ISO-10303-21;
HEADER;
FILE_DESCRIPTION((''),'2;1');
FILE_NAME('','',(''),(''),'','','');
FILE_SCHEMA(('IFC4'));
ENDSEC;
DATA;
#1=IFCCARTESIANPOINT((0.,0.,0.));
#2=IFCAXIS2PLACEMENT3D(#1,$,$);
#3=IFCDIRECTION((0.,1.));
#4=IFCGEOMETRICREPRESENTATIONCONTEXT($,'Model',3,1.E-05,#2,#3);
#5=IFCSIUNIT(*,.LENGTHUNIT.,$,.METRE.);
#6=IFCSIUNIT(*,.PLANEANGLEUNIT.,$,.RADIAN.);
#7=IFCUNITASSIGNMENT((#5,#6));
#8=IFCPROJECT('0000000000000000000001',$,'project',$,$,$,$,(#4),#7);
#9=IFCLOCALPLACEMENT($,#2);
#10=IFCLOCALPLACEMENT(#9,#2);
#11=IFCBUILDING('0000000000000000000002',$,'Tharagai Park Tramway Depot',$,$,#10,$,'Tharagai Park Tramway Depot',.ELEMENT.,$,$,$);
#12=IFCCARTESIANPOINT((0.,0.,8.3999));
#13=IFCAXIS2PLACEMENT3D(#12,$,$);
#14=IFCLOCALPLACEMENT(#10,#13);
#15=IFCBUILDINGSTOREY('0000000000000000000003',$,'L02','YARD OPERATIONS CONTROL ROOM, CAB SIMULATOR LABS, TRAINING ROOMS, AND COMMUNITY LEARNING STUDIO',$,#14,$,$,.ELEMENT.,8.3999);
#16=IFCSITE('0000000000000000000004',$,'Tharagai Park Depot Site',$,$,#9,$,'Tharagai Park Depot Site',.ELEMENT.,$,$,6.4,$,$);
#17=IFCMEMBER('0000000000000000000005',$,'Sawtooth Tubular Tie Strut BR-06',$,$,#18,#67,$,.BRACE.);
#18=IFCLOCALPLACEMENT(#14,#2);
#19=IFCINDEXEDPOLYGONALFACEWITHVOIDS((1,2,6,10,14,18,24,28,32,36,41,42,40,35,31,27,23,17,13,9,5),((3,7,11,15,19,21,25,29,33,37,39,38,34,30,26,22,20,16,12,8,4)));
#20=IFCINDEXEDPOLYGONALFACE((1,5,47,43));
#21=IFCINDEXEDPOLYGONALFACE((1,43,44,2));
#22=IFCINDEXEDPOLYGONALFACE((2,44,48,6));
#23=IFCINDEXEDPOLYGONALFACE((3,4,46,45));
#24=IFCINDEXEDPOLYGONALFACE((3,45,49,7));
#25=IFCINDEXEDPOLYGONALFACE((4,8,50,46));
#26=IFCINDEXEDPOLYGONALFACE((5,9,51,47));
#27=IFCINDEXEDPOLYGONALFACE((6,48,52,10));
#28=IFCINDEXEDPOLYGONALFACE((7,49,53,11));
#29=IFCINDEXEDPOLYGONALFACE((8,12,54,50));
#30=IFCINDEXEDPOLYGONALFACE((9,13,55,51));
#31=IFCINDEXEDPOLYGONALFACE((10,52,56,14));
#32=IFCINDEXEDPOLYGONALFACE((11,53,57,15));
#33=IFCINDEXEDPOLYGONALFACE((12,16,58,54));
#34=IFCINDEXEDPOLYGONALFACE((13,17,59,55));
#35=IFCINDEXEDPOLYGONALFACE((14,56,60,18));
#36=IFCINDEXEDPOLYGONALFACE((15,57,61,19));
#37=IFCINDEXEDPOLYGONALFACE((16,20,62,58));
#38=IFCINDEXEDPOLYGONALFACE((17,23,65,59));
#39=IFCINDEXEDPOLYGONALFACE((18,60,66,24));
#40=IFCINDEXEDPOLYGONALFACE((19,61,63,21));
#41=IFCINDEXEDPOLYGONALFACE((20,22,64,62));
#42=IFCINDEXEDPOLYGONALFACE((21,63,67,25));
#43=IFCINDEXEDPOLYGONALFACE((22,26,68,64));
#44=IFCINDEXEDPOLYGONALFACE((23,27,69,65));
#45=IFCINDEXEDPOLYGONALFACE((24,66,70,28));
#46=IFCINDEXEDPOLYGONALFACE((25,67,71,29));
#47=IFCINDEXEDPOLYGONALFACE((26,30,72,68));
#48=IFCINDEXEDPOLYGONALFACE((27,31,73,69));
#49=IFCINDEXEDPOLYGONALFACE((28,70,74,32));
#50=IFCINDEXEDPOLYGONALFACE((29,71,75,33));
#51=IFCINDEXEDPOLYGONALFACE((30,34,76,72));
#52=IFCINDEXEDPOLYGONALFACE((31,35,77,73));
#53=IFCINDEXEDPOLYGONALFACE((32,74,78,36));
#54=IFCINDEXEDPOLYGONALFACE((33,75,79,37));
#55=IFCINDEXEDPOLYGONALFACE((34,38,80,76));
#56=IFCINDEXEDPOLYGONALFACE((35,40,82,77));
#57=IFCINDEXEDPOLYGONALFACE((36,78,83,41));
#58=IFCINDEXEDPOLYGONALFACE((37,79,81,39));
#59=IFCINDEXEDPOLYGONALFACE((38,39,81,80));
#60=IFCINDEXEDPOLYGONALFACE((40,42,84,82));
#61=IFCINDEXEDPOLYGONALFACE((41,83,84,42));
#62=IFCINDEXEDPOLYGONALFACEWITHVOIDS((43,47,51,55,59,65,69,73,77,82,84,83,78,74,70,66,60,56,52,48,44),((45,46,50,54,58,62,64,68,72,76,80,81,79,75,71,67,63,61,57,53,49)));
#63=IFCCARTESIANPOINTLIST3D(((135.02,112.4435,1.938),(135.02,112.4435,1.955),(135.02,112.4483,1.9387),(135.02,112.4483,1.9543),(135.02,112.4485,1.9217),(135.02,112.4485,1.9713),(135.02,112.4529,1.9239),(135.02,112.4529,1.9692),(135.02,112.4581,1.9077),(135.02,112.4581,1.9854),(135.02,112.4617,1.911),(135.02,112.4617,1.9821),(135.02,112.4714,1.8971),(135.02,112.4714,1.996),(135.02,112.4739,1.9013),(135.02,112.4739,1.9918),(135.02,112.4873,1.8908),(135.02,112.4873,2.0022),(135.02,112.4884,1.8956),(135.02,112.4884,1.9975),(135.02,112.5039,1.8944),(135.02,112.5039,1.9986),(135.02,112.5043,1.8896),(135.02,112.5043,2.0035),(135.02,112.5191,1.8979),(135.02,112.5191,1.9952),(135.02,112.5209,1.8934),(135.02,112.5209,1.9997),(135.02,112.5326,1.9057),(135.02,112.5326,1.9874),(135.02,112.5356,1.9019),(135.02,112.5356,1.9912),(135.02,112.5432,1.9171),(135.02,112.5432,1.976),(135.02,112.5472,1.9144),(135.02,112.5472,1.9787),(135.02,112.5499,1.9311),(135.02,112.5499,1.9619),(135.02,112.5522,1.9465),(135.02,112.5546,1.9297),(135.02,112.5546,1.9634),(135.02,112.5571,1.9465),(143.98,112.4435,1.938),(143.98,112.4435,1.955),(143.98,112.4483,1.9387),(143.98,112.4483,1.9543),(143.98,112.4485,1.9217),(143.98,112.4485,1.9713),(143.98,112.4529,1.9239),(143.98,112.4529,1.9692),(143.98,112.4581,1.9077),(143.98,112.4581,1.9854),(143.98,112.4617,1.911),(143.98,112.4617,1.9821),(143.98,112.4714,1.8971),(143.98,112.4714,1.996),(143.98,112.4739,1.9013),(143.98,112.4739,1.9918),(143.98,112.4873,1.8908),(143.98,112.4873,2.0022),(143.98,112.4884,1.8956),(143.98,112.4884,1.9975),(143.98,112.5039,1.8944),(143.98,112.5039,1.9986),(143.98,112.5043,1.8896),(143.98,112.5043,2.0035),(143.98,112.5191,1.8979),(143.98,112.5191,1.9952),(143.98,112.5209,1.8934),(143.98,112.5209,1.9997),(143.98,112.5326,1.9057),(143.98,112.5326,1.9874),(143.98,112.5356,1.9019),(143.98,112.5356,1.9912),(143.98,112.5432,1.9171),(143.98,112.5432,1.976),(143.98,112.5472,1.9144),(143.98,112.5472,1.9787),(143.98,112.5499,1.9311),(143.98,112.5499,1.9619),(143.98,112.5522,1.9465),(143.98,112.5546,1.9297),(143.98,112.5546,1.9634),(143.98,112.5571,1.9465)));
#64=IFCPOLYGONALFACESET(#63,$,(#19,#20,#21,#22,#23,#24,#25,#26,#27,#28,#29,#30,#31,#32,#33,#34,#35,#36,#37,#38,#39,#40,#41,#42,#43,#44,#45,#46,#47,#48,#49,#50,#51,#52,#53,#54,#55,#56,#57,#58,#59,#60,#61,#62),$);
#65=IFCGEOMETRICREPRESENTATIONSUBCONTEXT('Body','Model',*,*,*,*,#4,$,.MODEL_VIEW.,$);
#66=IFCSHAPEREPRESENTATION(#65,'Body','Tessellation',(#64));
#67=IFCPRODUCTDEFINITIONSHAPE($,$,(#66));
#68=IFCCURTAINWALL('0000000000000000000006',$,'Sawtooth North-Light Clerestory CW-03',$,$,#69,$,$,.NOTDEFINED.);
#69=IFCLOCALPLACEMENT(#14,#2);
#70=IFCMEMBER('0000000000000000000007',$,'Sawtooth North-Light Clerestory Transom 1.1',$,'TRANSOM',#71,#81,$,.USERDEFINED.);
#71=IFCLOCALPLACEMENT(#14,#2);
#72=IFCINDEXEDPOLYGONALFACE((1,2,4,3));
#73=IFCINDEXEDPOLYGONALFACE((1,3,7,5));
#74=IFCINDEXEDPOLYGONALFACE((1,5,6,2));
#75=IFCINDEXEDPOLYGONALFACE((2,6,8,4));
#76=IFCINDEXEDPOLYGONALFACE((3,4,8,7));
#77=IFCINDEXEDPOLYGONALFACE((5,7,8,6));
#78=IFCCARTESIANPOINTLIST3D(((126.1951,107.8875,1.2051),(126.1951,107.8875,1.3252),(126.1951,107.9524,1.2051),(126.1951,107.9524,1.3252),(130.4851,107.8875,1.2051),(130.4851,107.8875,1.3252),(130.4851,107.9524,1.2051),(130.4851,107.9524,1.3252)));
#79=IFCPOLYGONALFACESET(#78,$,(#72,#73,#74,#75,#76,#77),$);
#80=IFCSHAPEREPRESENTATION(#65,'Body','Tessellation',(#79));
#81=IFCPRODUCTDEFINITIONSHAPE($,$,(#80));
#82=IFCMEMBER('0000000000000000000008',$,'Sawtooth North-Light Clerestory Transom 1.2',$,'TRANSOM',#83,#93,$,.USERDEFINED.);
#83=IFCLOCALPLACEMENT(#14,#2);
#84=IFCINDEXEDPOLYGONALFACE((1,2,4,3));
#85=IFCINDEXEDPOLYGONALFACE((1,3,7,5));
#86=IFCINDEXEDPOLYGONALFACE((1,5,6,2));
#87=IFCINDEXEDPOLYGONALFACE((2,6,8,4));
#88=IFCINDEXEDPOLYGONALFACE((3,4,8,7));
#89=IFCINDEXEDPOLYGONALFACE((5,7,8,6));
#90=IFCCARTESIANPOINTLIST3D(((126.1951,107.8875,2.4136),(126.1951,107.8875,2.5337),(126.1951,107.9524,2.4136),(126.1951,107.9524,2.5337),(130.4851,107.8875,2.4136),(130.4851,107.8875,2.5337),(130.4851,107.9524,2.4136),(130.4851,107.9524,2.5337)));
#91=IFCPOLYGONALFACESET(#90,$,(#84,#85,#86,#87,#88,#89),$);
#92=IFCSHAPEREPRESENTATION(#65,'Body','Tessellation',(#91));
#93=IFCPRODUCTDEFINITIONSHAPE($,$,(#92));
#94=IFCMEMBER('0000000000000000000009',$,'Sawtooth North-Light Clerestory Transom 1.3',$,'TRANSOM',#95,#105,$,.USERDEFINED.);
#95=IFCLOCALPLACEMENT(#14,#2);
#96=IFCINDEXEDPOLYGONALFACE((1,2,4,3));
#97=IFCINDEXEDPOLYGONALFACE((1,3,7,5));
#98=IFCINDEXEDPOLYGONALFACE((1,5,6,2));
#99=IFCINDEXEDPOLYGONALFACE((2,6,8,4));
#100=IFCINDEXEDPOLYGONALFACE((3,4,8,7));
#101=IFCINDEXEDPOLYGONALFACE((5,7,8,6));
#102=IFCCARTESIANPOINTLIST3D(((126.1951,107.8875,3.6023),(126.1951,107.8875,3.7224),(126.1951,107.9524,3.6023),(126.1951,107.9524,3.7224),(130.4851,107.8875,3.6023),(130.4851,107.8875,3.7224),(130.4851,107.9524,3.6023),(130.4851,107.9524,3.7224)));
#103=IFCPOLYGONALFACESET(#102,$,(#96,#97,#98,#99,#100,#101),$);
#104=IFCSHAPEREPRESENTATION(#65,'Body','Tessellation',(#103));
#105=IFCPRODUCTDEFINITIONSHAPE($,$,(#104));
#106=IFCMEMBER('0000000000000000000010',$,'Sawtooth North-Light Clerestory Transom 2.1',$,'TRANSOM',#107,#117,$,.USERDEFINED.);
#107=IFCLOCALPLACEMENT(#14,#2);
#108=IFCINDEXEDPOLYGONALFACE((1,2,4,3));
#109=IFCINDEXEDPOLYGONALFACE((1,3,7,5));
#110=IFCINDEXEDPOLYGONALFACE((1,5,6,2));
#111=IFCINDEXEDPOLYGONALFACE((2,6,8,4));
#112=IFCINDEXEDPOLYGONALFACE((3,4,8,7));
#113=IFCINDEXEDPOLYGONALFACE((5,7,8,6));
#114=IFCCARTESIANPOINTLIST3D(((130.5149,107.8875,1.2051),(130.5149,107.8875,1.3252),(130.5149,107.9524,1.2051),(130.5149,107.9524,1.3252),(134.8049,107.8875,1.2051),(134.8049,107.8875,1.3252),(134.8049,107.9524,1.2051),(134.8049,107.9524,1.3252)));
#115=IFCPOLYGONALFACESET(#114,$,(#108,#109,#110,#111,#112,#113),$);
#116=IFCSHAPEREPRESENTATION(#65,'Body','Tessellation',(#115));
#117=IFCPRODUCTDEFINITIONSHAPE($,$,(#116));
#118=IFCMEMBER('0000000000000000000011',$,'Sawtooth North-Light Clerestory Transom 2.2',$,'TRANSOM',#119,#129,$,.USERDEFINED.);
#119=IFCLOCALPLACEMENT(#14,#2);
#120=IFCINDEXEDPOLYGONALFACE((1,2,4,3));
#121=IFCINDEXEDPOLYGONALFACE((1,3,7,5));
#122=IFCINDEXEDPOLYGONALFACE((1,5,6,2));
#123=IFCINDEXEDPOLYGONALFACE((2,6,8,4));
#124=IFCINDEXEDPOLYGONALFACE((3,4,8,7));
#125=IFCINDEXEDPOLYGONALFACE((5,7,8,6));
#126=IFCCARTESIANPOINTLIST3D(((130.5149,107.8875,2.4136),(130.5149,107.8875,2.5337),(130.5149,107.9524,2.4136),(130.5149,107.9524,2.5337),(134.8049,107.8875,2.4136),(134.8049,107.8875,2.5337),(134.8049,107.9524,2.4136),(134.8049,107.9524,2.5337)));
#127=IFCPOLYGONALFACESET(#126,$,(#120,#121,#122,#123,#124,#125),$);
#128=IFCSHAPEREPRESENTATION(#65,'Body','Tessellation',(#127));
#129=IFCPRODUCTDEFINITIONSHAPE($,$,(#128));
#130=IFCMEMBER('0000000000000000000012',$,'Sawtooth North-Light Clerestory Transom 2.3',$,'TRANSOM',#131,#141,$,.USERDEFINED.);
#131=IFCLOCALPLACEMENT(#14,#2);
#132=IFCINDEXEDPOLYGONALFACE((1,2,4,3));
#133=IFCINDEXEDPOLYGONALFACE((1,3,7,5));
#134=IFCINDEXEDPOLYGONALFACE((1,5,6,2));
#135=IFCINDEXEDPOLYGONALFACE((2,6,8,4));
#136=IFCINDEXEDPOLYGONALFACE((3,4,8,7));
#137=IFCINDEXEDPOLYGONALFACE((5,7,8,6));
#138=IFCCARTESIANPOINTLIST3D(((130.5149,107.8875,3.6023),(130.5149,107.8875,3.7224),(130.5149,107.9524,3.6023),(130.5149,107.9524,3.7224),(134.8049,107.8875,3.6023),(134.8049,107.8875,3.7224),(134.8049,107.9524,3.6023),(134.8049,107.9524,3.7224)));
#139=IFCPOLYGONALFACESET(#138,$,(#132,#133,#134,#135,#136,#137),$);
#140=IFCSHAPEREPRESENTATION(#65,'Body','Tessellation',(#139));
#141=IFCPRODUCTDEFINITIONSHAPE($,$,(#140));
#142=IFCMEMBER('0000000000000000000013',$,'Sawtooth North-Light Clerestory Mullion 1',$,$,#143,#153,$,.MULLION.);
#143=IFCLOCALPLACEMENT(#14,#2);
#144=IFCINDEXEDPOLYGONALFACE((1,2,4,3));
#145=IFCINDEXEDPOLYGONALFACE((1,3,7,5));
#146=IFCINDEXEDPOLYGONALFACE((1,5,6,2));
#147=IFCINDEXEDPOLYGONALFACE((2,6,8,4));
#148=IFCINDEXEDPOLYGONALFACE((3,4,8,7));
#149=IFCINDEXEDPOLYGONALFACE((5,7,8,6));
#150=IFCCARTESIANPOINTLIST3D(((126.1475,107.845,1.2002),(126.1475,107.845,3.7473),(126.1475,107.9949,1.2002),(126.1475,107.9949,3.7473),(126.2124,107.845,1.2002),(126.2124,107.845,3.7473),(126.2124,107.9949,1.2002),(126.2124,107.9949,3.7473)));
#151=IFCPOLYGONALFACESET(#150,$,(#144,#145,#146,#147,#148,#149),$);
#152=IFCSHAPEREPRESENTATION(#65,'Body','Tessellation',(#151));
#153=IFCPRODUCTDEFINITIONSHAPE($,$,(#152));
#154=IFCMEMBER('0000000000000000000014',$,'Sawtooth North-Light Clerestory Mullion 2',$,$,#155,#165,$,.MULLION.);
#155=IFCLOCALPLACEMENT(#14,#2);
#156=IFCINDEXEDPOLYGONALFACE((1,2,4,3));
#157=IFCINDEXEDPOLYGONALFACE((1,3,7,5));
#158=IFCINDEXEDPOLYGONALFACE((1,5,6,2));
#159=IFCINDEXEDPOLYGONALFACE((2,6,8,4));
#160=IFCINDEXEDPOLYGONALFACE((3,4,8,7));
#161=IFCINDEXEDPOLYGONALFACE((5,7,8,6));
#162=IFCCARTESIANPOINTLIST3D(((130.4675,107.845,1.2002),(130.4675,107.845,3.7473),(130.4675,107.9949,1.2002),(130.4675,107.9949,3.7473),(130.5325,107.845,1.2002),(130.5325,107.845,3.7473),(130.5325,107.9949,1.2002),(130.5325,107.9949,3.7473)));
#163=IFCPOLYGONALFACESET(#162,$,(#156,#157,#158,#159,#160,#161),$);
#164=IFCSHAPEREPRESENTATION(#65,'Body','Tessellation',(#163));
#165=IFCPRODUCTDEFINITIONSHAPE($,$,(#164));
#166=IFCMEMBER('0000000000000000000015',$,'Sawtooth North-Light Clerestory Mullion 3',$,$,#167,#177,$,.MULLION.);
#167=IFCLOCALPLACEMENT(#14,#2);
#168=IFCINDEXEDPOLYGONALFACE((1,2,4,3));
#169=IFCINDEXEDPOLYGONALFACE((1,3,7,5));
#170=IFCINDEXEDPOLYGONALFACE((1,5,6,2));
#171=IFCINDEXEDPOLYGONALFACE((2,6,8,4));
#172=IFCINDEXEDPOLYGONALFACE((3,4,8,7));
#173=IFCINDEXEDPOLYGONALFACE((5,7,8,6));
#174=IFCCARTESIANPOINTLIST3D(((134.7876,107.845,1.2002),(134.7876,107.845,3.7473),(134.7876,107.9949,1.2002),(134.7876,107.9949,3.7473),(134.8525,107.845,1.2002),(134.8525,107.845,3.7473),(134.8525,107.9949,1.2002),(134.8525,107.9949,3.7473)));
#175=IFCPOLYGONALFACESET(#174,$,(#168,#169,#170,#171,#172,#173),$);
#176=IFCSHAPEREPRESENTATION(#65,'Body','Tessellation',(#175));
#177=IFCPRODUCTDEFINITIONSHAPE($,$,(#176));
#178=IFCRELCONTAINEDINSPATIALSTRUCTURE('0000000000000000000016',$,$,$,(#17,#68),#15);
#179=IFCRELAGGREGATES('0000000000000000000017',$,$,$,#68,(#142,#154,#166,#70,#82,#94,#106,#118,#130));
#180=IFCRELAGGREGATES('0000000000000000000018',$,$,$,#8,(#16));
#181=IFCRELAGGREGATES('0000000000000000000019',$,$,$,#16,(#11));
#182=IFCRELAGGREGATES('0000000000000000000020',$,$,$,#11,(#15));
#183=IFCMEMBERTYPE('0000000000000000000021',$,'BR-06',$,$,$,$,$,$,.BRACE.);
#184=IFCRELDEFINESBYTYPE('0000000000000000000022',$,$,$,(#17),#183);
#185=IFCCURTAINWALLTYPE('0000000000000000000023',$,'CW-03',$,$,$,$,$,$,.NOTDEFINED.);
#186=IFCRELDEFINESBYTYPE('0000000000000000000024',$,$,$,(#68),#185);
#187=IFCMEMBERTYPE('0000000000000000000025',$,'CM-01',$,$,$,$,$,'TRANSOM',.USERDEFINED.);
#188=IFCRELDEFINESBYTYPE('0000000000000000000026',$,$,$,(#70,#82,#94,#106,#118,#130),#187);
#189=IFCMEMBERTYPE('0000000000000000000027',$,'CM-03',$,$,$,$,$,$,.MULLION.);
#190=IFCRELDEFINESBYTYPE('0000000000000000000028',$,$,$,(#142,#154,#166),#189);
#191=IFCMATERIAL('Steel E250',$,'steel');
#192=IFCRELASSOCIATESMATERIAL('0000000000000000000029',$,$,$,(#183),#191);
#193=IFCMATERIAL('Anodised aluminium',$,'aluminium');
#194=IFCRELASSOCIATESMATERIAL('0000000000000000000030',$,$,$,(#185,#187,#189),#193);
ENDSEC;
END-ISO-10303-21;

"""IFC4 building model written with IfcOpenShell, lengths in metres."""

from ifc_helpers import new_model, si_unit, direction, frame, origin, origin_2d, place, context, subcontext, project, spatial, rectangle, hollow_circle, extrude, material, material_profile, profile_set, type_object, element, aggregate, save


model = new_model("IFC4")

# Units and contexts
model_context = context("Model", 3, precision=1e-05, world=origin(), true_north=direction((0.0, 1.0)))
body_context = subcontext(model_context, "Body", "Model", "MODEL_VIEW")
ifc_project = project(units=[si_unit("LENGTHUNIT", "METRE"), si_unit("PLANEANGLEUNIT", "RADIAN")], contexts=[model_context])

# Site, building, storey
site_placement = place(None, origin())
site = spatial("IfcSite", under=ifc_project, at=site_placement, Name="Tharagai Park Depot Site", LongName="Tharagai Park Depot Site", CompositionType="ELEMENT", RefElevation=6.4)
building_placement = place(site_placement, origin())
building = spatial("IfcBuilding", under=site, at=building_placement, Name="Tharagai Park Tramway Depot", LongName="Tharagai Park Tramway Depot", CompositionType="ELEMENT")
storey_placement = place(building_placement, frame((0.0, 0.0, 8.3999)))
storey = spatial("IfcBuildingStorey", under=building, at=storey_placement, Name="L02", Description="YARD OPERATIONS CONTROL ROOM, CAB SIMULATOR LABS, TRAINING ROOMS, AND COMMUNITY LEARNING STUDIO", CompositionType="ELEMENT", Elevation=8.3999)

# Member
ifc_material_1 = material(Name="Steel E250", Category="steel")
ifc_material_profile_1 = material_profile(ifc_material_1, hollow_circle(Radius=0.0571, WallThickness=0.0049, at=origin_2d()), Name="CHS 114.3x5")
ifc_profile_set_1 = profile_set([ifc_material_profile_1], Name="Steel E250")
member_type_1 = type_object("IfcMemberType", Name="BR-06", PredefinedType="BRACE", material=ifc_profile_set_1)
for number, where, z_axis, x_axis, name in (
    (1, (135.02, 112.5, 1.9465), (1.0, 0.0, 0.0), (0.0, 1.0, 0.0), "Sawtooth Tubular Tie Strut BR-06"),
):
    element("IfcMember", number, at=place(storey_placement, frame(where, z_axis=z_axis, x_axis=x_axis)), inside=storey, type_object=member_type_1, Name=name, PredefinedType="BRACE", context=body_context, shape_type="SweptSolid", body=[
        extrude(hollow_circle(Radius=0.0571, WallThickness=0.0049, at=origin_2d()), origin(), (0.0, 0.0, 1.0), 8.96),
    ])

# Curtain wall, members
ifc_material_2 = material(Name="Anodised aluminium", Category="aluminium")
curtain_wall_type = type_object("IfcCurtainWallType", Name="CW-03", PredefinedType="NOTDEFINED", material=ifc_material_2)
curtain_wall_placement = place(storey_placement, origin())
curtain_wall = element("IfcCurtainWall", 2, at=curtain_wall_placement, inside=storey, type_object=curtain_wall_type, Name="Sawtooth North-Light Clerestory CW-03", PredefinedType="NOTDEFINED")
ifc_material_profile_2 = material_profile(ifc_material_2, rectangle(XDim=0.0649, YDim=0.1201, at=origin_2d()), Name="ALU 65x120")
ifc_profile_set_2 = profile_set([ifc_material_profile_2], Name="Anodised aluminium")
member_type_2 = type_object("IfcMemberType", Name="CM-01", ElementType="TRANSOM", PredefinedType="USERDEFINED", material=ifc_profile_set_2)
member_1_placement = place(storey_placement, frame((126.1951, 107.9199, 1.2651), z_axis=(1.0, 0.0, 0.0), x_axis=(0.0, 1.0, 0.0)))
member_1 = element("IfcMember", 3, at=member_1_placement, type_object=member_type_2, Name="Sawtooth North-Light Clerestory Transom 1.1", ObjectType="TRANSOM", PredefinedType="USERDEFINED", context=body_context, shape_type="SweptSolid", body=[
    extrude(rectangle(XDim=0.0649, YDim=0.1201, at=origin_2d()), origin(), (0.0, 0.0, 1.0), 4.29),
])
member_2_placement = place(storey_placement, frame((126.1951, 107.9199, 2.4736), z_axis=(1.0, 0.0, 0.0), x_axis=(0.0, 1.0, 0.0)))
member_2 = element("IfcMember", 4, at=member_2_placement, type_object=member_type_2, Name="Sawtooth North-Light Clerestory Transom 1.2", ObjectType="TRANSOM", PredefinedType="USERDEFINED", context=body_context, shape_type="SweptSolid", body=[
    extrude(rectangle(XDim=0.0649, YDim=0.1201, at=origin_2d()), origin(), (0.0, 0.0, 1.0), 4.29),
])
member_3_placement = place(storey_placement, frame((126.1951, 107.9199, 3.6624), z_axis=(1.0, 0.0, 0.0), x_axis=(0.0, 1.0, 0.0)))
member_3 = element("IfcMember", 5, at=member_3_placement, type_object=member_type_2, Name="Sawtooth North-Light Clerestory Transom 1.3", ObjectType="TRANSOM", PredefinedType="USERDEFINED", context=body_context, shape_type="SweptSolid", body=[
    extrude(rectangle(XDim=0.0649, YDim=0.1201, at=origin_2d()), origin(), (0.0, 0.0, 1.0), 4.29),
])
member_4_placement = place(storey_placement, frame((130.5149, 107.9199, 1.2651), z_axis=(1.0, 0.0, 0.0), x_axis=(0.0, 1.0, 0.0)))
member_4 = element("IfcMember", 6, at=member_4_placement, type_object=member_type_2, Name="Sawtooth North-Light Clerestory Transom 2.1", ObjectType="TRANSOM", PredefinedType="USERDEFINED", context=body_context, shape_type="SweptSolid", body=[
    extrude(rectangle(XDim=0.0649, YDim=0.1201, at=origin_2d()), origin(), (0.0, 0.0, 1.0), 4.29),
])
member_5_placement = place(storey_placement, frame((130.5149, 107.9199, 2.4736), z_axis=(1.0, 0.0, 0.0), x_axis=(0.0, 1.0, 0.0)))
member_5 = element("IfcMember", 7, at=member_5_placement, type_object=member_type_2, Name="Sawtooth North-Light Clerestory Transom 2.2", ObjectType="TRANSOM", PredefinedType="USERDEFINED", context=body_context, shape_type="SweptSolid", body=[
    extrude(rectangle(XDim=0.0649, YDim=0.1201, at=origin_2d()), origin(), (0.0, 0.0, 1.0), 4.29),
])
member_6_placement = place(storey_placement, frame((130.5149, 107.9199, 3.6624), z_axis=(1.0, 0.0, 0.0), x_axis=(0.0, 1.0, 0.0)))
member_6 = element("IfcMember", 8, at=member_6_placement, type_object=member_type_2, Name="Sawtooth North-Light Clerestory Transom 2.3", ObjectType="TRANSOM", PredefinedType="USERDEFINED", context=body_context, shape_type="SweptSolid", body=[
    extrude(rectangle(XDim=0.0649, YDim=0.1201, at=origin_2d()), origin(), (0.0, 0.0, 1.0), 4.29),
])
ifc_material_profile_3 = material_profile(ifc_material_2, rectangle(XDim=0.0649, YDim=0.1499, at=origin_2d()), Name="ALU 65x150")
ifc_profile_set_3 = profile_set([ifc_material_profile_3], Name="Anodised aluminium")
member_type_3 = type_object("IfcMemberType", Name="CM-03", PredefinedType="MULLION", material=ifc_profile_set_3)
member_7_placement = place(storey_placement, frame((126.1799, 107.9199, 1.2002), z_axis=(0.0, 0.0, 1.0), x_axis=(1.0, 0.0, 0.0)))
member_7 = element("IfcMember", 9, at=member_7_placement, type_object=member_type_3, Name="Sawtooth North-Light Clerestory Mullion 1", PredefinedType="MULLION", context=body_context, shape_type="SweptSolid", body=[
    extrude(rectangle(XDim=0.0649, YDim=0.1499, at=origin_2d()), origin(), (0.0, 0.0, 1.0), 2.5471),
])
member_8_placement = place(storey_placement, frame((130.5, 107.9199, 1.2002), z_axis=(0.0, 0.0, 1.0), x_axis=(1.0, 0.0, 0.0)))
member_8 = element("IfcMember", 10, at=member_8_placement, type_object=member_type_3, Name="Sawtooth North-Light Clerestory Mullion 2", PredefinedType="MULLION", context=body_context, shape_type="SweptSolid", body=[
    extrude(rectangle(XDim=0.0649, YDim=0.1499, at=origin_2d()), origin(), (0.0, 0.0, 1.0), 2.5471),
])
member_9_placement = place(storey_placement, frame((134.8201, 107.9199, 1.2002), z_axis=(0.0, 0.0, 1.0), x_axis=(1.0, 0.0, 0.0)))
member_9 = element("IfcMember", 11, at=member_9_placement, type_object=member_type_3, Name="Sawtooth North-Light Clerestory Mullion 3", PredefinedType="MULLION", context=body_context, shape_type="SweptSolid", body=[
    extrude(rectangle(XDim=0.0649, YDim=0.1499, at=origin_2d()), origin(), (0.0, 0.0, 1.0), 2.5471),
])

aggregate(curtain_wall, [member_7, member_8, member_9, member_1, member_2, member_3, member_4, member_5, member_6])

save(model, "model.ifc")
